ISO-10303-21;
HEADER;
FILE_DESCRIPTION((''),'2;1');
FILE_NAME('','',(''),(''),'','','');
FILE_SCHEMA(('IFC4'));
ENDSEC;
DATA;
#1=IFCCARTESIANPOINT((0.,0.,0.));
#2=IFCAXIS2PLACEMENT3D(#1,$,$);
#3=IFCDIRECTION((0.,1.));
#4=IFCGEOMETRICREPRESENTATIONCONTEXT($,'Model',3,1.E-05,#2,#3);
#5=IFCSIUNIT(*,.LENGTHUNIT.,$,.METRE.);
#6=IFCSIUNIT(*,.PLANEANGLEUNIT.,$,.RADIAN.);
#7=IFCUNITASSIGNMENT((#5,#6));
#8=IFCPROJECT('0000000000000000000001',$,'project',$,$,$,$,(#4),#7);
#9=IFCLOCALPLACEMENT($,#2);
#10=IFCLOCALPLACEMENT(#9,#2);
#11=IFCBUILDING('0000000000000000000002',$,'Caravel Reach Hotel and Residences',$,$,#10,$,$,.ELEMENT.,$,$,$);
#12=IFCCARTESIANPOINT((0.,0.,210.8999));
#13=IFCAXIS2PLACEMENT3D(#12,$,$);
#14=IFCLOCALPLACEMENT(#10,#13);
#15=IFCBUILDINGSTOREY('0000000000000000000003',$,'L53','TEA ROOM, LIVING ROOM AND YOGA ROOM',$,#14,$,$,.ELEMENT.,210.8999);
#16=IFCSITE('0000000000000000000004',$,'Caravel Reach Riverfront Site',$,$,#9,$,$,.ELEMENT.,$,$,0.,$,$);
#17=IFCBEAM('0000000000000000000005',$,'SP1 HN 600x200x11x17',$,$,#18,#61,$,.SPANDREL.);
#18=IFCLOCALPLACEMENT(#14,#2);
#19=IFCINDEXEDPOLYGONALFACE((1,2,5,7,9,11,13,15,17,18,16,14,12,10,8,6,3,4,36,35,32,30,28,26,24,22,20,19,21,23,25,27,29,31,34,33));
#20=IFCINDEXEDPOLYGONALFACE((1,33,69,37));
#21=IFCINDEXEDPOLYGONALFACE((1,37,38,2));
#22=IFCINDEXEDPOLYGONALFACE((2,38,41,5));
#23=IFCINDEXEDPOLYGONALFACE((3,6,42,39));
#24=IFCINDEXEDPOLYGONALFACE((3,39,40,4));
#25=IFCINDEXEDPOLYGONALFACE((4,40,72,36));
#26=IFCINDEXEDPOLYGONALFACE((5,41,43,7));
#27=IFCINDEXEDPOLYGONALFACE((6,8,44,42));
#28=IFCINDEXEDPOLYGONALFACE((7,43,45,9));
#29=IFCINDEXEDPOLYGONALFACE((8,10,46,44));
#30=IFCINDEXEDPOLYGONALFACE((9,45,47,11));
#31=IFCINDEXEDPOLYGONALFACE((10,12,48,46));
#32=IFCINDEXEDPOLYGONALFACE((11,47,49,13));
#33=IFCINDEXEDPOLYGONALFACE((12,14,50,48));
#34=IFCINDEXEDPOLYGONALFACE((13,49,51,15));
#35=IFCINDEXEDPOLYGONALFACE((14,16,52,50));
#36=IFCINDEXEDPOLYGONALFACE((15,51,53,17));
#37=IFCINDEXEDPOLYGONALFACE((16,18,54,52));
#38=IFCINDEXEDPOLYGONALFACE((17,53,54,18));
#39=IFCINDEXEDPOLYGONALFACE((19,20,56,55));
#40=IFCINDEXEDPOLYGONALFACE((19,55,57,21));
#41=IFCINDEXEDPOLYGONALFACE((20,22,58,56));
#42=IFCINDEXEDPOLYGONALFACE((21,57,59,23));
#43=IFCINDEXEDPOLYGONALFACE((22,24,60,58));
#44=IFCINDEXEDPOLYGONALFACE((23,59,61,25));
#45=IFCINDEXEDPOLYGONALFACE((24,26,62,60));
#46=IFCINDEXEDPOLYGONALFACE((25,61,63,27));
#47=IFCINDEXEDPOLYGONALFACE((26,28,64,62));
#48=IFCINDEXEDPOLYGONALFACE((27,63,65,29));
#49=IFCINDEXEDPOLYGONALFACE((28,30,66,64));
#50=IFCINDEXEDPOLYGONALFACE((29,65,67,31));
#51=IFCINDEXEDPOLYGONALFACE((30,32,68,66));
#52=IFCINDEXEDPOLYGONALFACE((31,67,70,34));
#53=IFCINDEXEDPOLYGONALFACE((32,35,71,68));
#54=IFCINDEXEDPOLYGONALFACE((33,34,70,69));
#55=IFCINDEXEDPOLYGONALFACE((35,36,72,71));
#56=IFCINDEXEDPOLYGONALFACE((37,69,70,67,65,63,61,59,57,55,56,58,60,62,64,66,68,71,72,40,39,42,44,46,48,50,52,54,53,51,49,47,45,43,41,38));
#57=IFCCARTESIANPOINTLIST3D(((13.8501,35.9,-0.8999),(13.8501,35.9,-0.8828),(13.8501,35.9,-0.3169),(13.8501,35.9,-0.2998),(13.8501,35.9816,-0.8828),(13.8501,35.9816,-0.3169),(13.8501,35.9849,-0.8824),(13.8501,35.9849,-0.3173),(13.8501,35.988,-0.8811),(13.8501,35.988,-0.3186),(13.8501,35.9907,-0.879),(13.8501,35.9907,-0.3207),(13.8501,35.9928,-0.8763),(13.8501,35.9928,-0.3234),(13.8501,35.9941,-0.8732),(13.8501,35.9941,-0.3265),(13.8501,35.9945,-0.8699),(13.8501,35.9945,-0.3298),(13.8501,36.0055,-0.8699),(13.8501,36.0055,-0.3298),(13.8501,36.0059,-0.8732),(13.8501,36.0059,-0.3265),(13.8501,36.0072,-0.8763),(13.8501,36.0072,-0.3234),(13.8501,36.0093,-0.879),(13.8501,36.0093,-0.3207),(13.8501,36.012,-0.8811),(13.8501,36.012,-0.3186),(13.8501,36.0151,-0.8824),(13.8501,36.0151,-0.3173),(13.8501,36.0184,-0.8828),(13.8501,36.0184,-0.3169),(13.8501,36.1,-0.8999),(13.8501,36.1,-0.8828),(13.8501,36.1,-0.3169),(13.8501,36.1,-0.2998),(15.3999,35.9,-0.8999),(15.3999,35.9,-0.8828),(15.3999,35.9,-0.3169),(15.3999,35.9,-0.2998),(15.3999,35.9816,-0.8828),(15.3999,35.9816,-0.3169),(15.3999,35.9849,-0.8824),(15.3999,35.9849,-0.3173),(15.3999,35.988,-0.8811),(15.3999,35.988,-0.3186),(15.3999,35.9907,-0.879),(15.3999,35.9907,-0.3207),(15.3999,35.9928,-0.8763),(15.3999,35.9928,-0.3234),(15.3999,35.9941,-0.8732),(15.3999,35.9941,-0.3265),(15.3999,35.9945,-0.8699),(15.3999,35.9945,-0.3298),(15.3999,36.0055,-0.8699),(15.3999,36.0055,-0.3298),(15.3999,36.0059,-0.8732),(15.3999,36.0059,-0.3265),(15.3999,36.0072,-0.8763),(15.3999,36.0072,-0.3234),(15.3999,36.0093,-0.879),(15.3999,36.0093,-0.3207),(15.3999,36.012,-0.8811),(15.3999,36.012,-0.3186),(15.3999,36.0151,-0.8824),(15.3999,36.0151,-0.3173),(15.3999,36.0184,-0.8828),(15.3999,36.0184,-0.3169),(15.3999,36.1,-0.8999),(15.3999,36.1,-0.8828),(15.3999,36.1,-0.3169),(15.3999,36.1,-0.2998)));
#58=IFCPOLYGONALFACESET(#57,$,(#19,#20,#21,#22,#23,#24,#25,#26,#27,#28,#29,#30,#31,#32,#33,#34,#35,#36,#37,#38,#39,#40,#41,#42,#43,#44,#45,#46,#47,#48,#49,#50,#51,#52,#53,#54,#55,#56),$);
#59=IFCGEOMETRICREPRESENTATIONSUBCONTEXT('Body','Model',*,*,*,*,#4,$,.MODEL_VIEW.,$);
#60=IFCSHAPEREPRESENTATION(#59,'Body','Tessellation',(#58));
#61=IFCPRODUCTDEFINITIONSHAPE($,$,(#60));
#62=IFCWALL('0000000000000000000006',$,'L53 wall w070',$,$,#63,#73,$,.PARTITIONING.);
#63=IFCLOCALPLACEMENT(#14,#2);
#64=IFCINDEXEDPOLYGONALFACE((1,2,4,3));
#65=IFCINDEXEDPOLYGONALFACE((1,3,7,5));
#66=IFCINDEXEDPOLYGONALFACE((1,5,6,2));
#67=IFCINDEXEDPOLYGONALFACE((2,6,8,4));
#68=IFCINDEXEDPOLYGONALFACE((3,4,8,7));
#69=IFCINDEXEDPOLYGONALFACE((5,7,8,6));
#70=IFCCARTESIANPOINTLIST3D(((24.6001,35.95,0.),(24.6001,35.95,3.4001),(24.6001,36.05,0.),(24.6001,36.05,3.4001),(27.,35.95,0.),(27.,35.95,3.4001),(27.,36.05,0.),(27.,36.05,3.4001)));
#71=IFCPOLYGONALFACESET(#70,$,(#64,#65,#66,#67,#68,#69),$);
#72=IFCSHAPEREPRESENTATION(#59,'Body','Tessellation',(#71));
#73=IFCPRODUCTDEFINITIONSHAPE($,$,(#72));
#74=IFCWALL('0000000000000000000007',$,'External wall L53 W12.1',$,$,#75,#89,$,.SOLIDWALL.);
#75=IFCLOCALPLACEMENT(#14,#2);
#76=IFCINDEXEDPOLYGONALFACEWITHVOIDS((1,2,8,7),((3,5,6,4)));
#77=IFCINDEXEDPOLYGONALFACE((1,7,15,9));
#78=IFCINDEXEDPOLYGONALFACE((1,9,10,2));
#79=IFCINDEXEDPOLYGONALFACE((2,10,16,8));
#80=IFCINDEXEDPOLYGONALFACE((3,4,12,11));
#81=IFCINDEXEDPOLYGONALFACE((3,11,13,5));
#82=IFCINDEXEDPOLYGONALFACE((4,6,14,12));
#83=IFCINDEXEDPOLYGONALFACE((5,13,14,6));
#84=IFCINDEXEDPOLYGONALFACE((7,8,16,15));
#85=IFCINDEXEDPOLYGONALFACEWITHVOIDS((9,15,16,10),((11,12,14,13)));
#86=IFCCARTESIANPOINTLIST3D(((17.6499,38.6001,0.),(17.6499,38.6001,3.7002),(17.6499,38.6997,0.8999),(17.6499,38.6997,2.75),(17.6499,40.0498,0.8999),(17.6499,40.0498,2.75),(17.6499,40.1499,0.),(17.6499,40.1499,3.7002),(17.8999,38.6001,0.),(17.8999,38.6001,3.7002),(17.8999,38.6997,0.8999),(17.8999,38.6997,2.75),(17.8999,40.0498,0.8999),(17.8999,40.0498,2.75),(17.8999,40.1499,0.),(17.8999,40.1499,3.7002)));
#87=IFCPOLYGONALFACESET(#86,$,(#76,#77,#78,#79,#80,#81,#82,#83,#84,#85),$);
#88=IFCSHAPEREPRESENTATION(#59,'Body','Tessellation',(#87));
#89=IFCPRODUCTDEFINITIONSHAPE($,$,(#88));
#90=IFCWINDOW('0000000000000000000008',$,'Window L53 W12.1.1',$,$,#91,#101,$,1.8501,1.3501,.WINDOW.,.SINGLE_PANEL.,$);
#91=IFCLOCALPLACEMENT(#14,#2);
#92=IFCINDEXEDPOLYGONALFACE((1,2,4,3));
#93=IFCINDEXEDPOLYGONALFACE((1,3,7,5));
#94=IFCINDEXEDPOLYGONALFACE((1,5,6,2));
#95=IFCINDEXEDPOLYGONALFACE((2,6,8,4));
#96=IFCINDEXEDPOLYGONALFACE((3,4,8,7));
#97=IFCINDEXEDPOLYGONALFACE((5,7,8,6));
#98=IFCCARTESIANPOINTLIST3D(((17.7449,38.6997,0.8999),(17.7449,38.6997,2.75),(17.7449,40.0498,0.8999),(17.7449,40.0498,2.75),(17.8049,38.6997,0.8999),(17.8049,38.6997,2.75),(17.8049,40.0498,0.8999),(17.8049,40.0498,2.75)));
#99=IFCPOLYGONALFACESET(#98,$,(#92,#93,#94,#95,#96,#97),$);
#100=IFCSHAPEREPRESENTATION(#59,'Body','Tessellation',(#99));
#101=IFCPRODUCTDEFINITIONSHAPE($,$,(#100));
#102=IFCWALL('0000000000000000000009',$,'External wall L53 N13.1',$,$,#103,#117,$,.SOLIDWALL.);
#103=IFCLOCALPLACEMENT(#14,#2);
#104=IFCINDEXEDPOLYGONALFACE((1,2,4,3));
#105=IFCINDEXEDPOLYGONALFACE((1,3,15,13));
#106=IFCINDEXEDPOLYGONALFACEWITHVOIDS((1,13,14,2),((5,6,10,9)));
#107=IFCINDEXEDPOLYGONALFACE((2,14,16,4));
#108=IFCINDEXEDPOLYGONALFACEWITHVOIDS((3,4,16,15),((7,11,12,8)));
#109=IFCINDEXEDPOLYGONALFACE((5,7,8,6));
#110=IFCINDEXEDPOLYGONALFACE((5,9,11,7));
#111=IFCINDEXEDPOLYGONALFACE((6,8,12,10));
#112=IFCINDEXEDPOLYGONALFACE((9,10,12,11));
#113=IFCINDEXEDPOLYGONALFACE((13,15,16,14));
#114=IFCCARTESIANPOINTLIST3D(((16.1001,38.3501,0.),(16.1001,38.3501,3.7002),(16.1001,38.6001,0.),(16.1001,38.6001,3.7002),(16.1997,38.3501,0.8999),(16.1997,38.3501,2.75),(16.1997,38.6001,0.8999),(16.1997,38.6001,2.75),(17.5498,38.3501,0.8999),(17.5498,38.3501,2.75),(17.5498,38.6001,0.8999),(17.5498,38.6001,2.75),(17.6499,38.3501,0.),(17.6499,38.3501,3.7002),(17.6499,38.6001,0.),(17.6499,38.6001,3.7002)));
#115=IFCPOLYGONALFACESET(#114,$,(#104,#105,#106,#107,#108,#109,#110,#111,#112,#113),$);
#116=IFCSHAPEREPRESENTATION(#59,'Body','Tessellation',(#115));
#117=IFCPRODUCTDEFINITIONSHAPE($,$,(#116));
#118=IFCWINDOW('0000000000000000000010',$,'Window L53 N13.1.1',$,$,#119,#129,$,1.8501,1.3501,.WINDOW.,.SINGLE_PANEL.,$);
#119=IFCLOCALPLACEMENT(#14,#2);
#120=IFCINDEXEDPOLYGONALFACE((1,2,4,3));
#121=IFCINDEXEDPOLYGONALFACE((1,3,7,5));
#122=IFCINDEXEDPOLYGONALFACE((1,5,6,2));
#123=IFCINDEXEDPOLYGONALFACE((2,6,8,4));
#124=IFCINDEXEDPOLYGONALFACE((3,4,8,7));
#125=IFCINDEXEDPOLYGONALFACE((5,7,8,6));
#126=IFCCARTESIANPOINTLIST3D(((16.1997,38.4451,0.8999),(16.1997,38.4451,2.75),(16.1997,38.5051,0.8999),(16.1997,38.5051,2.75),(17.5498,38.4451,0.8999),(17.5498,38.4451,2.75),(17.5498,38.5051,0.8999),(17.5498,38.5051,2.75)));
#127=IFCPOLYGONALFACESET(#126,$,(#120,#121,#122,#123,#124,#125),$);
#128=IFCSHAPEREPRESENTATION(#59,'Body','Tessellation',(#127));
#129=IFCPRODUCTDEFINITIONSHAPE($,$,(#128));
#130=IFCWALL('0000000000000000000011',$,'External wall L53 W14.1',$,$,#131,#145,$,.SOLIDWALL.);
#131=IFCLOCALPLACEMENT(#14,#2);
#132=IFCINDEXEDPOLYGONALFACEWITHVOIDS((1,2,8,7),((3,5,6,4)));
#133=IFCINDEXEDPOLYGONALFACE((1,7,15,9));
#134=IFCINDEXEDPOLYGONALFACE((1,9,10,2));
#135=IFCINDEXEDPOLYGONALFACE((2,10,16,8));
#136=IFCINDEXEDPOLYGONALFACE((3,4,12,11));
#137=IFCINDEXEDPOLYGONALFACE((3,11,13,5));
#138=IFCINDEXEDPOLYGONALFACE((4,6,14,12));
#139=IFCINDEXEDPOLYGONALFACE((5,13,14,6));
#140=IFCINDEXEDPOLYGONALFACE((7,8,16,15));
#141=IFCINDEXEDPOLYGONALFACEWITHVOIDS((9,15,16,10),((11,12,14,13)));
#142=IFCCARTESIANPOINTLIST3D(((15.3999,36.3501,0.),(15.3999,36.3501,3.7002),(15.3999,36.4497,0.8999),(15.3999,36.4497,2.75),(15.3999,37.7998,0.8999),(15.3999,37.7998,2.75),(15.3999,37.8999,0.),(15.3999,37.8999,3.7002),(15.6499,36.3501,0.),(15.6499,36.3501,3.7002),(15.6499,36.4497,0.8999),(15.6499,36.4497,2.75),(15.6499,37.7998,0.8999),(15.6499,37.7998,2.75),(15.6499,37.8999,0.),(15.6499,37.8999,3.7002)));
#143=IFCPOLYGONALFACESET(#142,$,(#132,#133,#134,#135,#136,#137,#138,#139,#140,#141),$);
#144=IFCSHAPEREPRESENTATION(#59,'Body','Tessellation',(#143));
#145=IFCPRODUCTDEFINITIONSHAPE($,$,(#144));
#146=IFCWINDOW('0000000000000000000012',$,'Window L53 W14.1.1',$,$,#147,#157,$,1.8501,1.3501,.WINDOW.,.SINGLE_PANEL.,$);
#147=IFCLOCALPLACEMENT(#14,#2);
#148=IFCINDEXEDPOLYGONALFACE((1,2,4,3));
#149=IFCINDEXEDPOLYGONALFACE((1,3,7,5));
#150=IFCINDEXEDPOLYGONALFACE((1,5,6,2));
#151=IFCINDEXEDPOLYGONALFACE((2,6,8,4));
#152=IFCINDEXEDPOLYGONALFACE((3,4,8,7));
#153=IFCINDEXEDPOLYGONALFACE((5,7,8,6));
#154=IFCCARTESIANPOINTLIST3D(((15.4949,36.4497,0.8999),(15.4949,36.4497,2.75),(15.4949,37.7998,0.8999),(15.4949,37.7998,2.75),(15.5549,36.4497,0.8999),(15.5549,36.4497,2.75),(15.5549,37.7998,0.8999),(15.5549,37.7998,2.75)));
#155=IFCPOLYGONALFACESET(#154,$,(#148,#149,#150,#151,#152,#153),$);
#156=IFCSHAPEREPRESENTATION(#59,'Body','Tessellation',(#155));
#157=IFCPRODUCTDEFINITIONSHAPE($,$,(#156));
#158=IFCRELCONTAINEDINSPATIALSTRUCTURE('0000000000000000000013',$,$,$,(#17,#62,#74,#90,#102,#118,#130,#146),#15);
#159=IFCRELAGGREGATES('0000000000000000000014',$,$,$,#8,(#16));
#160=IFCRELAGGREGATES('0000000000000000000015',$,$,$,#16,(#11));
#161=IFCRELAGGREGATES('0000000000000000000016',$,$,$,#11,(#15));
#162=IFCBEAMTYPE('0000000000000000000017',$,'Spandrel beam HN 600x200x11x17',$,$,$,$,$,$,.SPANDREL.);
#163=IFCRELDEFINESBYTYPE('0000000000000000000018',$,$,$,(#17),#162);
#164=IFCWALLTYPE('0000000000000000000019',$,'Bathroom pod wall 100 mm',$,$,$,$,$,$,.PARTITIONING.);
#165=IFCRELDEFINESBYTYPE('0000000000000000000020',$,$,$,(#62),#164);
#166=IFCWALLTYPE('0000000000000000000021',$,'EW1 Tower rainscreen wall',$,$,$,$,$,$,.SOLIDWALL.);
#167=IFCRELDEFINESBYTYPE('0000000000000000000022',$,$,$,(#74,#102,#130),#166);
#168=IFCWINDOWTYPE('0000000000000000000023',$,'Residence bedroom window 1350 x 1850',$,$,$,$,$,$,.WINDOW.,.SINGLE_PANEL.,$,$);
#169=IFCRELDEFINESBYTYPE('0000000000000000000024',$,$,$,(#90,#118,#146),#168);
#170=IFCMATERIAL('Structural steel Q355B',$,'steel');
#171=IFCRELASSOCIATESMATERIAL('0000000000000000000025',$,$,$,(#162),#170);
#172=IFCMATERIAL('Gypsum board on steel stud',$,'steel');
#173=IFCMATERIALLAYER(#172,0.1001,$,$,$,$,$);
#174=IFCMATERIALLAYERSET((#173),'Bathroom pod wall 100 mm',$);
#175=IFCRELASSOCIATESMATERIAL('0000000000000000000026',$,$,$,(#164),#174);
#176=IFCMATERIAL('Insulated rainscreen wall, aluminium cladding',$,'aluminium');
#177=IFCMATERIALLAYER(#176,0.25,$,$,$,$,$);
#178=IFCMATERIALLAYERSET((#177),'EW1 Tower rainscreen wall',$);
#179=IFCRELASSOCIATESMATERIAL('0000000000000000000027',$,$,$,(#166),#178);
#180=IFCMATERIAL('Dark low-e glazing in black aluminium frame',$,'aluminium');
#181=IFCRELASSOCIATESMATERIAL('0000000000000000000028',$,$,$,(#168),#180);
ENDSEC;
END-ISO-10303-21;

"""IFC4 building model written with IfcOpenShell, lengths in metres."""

from ifc_helpers import new_model, si_unit, direction, frame, frame_2d, origin, origin_2d, place, context, subcontext, project, spatial, rectangle, i_section, extrude, material, layer, layer_set, material_profile, profile_set, type_object, element, fill, save


model = new_model("IFC4")

# Units and contexts
model_context = context("Model", 3, precision=1e-05, world=origin(), true_north=direction((0.0, 1.0)))
body_context = subcontext(model_context, "Body", "Model", "MODEL_VIEW")
ifc_project = project(units=[si_unit("LENGTHUNIT", "METRE"), si_unit("PLANEANGLEUNIT", "RADIAN")], contexts=[model_context])

# Site, building, storey
site_placement = place(None, origin())
site = spatial("IfcSite", under=ifc_project, at=site_placement, Name="Caravel Reach Riverfront Site", CompositionType="ELEMENT", RefElevation=0.0)
building_placement = place(site_placement, origin())
building = spatial("IfcBuilding", under=site, at=building_placement, Name="Caravel Reach Hotel and Residences", CompositionType="ELEMENT")
storey_placement = place(building_placement, frame((0.0, 0.0, 210.8999)))
storey = spatial("IfcBuildingStorey", under=building, at=storey_placement, Name="L53", Description="TEA ROOM, LIVING ROOM AND YOGA ROOM", CompositionType="ELEMENT", Elevation=210.8999)

# Beam
ifc_material_1 = material(Name="Structural steel Q355B", Category="steel")
ifc_material_profile_1 = material_profile(ifc_material_1, i_section(OverallWidth=0.2, OverallDepth=0.6001, WebThickness=0.011, FlangeThickness=0.0171, FilletRadius=0.0129, at=origin_2d()), Name="HN 600x200x11x17")
ifc_profile_set_1 = profile_set([ifc_material_profile_1], Name="Structural steel Q355B")
beam_type = type_object("IfcBeamType", Name="Spandrel beam HN 600x200x11x17", PredefinedType="SPANDREL", material=ifc_profile_set_1)
for number, where, z_axis, x_axis, name in (
    (1, (15.3999, 36.0, -0.5999), (-1.0, 0.0, 0.0), (0.0, -1.0, 0.0), "SP1 HN 600x200x11x17"),
):
    element("IfcBeam", number, at=place(storey_placement, frame(where, z_axis=z_axis, x_axis=x_axis)), inside=storey, type_object=beam_type, Name=name, PredefinedType="SPANDREL", context=body_context, shape_type="SweptSolid", body=[
        extrude(i_section(OverallWidth=0.2, OverallDepth=0.6001, WebThickness=0.011, FlangeThickness=0.0171, FilletRadius=0.0129, at=origin_2d()), origin(), (0.0, 0.0, 1.0), 1.5498),
    ])

# Wall
ifc_material_2 = material(Name="Gypsum board on steel stud", Category="steel")
ifc_layer_1 = layer(ifc_material_2, 0.1001)
ifc_layer_set_1 = layer_set([ifc_layer_1], Name="Bathroom pod wall 100 mm")
wall_type_1 = type_object("IfcWallType", Name="Bathroom pod wall 100 mm", PredefinedType="PARTITIONING", material=ifc_layer_set_1)
wall_1_placement = place(storey_placement, frame((24.6001, 36.0, 0.0), z_axis=(0.0, 0.0, 1.0), x_axis=(1.0, 0.0, 0.0)))
element("IfcWall", 2, at=wall_1_placement, inside=storey, type_object=wall_type_1, Name="L53 wall w070", PredefinedType="PARTITIONING", context=body_context, shape_type="SweptSolid", body=[
    extrude(rectangle(XDim=2.3999, YDim=0.1001, at=frame_2d((1.2, 0.0))), origin(), (0.0, 0.0, 1.0), 3.4001),
])

# Walls, openings, windows
ifc_material_3 = material(Name="Insulated rainscreen wall, aluminium cladding", Category="aluminium")
ifc_layer_2 = layer(ifc_material_3, 0.25)
ifc_layer_set_2 = layer_set([ifc_layer_2], Name="EW1 Tower rainscreen wall")
wall_type_2 = type_object("IfcWallType", Name="EW1 Tower rainscreen wall", PredefinedType="SOLIDWALL", material=ifc_layer_set_2)
wall_2_placement = place(storey_placement, frame((17.7749, 40.1499, 0.0), z_axis=(0.0, 0.0, 1.0), x_axis=(0.0, -1.0, 0.0)))
wall_2 = element("IfcWall", 3, at=wall_2_placement, inside=storey, type_object=wall_type_2, Name="External wall L53 W12.1", PredefinedType="SOLIDWALL", context=body_context, shape_type="SweptSolid", body=[
    extrude(rectangle(XDim=1.5498, YDim=0.25, at=frame_2d((0.7749, 0.0))), origin(), (0.0, 0.0, 1.0), 3.7002),
])
opening_1_placement = place(wall_2_placement, frame((0.1001, 0.0, 0.8999)))
opening_1 = element("IfcOpeningElement", 4, at=opening_1_placement, cuts=wall_2, PredefinedType="OPENING", context=body_context, shape_type="SweptSolid", body=[
    extrude(rectangle(XDim=1.3501, YDim=1.8501, at=frame_2d((0.675, 0.925))), frame((0.0, 0.135, 0.0), z_axis=(0.0, -1.0, 0.0), x_axis=(1.0, 0.0, 0.0)), (0.0, 0.0, 1.0), 0.27),
])
ifc_material_4 = material(Name="Dark low-e glazing in black aluminium frame", Category="aluminium")
window_type = type_object("IfcWindowType", Name="Residence bedroom window 1350 x 1850", PartitioningType="SINGLE_PANEL", PredefinedType="WINDOW", material=ifc_material_4)
window_1_placement = place(opening_1_placement, origin())
window_1 = element("IfcWindow", 5, at=window_1_placement, inside=storey, type_object=window_type, Name="Window L53 W12.1.1", OverallHeight=1.8501, OverallWidth=1.3501, PartitioningType="SINGLE_PANEL", PredefinedType="WINDOW", context=body_context, shape_type="SweptSolid", body=[
    extrude(rectangle(XDim=1.3501, YDim=1.8501, at=frame_2d((0.675, 0.925))), frame((0.0, 0.03, 0.0), z_axis=(0.0, -1.0, 0.0), x_axis=(1.0, 0.0, 0.0)), (0.0, 0.0, 1.0), 0.0601),
])
fill(opening_1, window_1)
wall_3_placement = place(storey_placement, frame((17.6499, 38.4751, 0.0), z_axis=(0.0, 0.0, 1.0), x_axis=(-1.0, 0.0, 0.0)))
wall_3 = element("IfcWall", 6, at=wall_3_placement, inside=storey, type_object=wall_type_2, Name="External wall L53 N13.1", PredefinedType="SOLIDWALL", context=body_context, shape_type="SweptSolid", body=[
    extrude(rectangle(XDim=1.5498, YDim=0.25, at=frame_2d((0.7749, 0.0))), origin(), (0.0, 0.0, 1.0), 3.7002),
])
opening_2_placement = place(wall_3_placement, frame((0.1001, 0.0, 0.8999)))
opening_2 = element("IfcOpeningElement", 7, at=opening_2_placement, cuts=wall_3, PredefinedType="OPENING", context=body_context, shape_type="SweptSolid", body=[
    extrude(rectangle(XDim=1.3501, YDim=1.8501, at=frame_2d((0.675, 0.925))), frame((0.0, 0.135, 0.0), z_axis=(0.0, -1.0, 0.0), x_axis=(1.0, 0.0, 0.0)), (0.0, 0.0, 1.0), 0.27),
])
window_2_placement = place(opening_2_placement, origin())
window_2 = element("IfcWindow", 8, at=window_2_placement, inside=storey, type_object=window_type, Name="Window L53 N13.1.1", OverallHeight=1.8501, OverallWidth=1.3501, PartitioningType="SINGLE_PANEL", PredefinedType="WINDOW", context=body_context, shape_type="SweptSolid", body=[
    extrude(rectangle(XDim=1.3501, YDim=1.8501, at=frame_2d((0.675, 0.925))), frame((0.0, 0.03, 0.0), z_axis=(0.0, -1.0, 0.0), x_axis=(1.0, 0.0, 0.0)), (0.0, 0.0, 1.0), 0.0601),
])
fill(opening_2, window_2)
wall_4_placement = place(storey_placement, frame((15.5249, 37.8999, 0.0), z_axis=(0.0, 0.0, 1.0), x_axis=(0.0, -1.0, 0.0)))
wall_4 = element("IfcWall", 9, at=wall_4_placement, inside=storey, type_object=wall_type_2, Name="External wall L53 W14.1", PredefinedType="SOLIDWALL", context=body_context, shape_type="SweptSolid", body=[
    extrude(rectangle(XDim=1.5498, YDim=0.25, at=frame_2d((0.7749, 0.0))), origin(), (0.0, 0.0, 1.0), 3.7002),
])
opening_3_placement = place(wall_4_placement, frame((0.1001, 0.0, 0.8999)))
opening_3 = element("IfcOpeningElement", 10, at=opening_3_placement, cuts=wall_4, PredefinedType="OPENING", context=body_context, shape_type="SweptSolid", body=[
    extrude(rectangle(XDim=1.3501, YDim=1.8501, at=frame_2d((0.675, 0.925))), frame((0.0, 0.135, 0.0), z_axis=(0.0, -1.0, 0.0), x_axis=(1.0, 0.0, 0.0)), (0.0, 0.0, 1.0), 0.27),
])
window_3_placement = place(opening_3_placement, origin())
window_3 = element("IfcWindow", 11, at=window_3_placement, inside=storey, type_object=window_type, Name="Window L53 W14.1.1", OverallHeight=1.8501, OverallWidth=1.3501, PartitioningType="SINGLE_PANEL", PredefinedType="WINDOW", context=body_context, shape_type="SweptSolid", body=[
    extrude(rectangle(XDim=1.3501, YDim=1.8501, at=frame_2d((0.675, 0.925))), frame((0.0, 0.03, 0.0), z_axis=(0.0, -1.0, 0.0), x_axis=(1.0, 0.0, 0.0)), (0.0, 0.0, 1.0), 0.0601),
])
fill(opening_3, window_3)

save(model, "model.ifc")
